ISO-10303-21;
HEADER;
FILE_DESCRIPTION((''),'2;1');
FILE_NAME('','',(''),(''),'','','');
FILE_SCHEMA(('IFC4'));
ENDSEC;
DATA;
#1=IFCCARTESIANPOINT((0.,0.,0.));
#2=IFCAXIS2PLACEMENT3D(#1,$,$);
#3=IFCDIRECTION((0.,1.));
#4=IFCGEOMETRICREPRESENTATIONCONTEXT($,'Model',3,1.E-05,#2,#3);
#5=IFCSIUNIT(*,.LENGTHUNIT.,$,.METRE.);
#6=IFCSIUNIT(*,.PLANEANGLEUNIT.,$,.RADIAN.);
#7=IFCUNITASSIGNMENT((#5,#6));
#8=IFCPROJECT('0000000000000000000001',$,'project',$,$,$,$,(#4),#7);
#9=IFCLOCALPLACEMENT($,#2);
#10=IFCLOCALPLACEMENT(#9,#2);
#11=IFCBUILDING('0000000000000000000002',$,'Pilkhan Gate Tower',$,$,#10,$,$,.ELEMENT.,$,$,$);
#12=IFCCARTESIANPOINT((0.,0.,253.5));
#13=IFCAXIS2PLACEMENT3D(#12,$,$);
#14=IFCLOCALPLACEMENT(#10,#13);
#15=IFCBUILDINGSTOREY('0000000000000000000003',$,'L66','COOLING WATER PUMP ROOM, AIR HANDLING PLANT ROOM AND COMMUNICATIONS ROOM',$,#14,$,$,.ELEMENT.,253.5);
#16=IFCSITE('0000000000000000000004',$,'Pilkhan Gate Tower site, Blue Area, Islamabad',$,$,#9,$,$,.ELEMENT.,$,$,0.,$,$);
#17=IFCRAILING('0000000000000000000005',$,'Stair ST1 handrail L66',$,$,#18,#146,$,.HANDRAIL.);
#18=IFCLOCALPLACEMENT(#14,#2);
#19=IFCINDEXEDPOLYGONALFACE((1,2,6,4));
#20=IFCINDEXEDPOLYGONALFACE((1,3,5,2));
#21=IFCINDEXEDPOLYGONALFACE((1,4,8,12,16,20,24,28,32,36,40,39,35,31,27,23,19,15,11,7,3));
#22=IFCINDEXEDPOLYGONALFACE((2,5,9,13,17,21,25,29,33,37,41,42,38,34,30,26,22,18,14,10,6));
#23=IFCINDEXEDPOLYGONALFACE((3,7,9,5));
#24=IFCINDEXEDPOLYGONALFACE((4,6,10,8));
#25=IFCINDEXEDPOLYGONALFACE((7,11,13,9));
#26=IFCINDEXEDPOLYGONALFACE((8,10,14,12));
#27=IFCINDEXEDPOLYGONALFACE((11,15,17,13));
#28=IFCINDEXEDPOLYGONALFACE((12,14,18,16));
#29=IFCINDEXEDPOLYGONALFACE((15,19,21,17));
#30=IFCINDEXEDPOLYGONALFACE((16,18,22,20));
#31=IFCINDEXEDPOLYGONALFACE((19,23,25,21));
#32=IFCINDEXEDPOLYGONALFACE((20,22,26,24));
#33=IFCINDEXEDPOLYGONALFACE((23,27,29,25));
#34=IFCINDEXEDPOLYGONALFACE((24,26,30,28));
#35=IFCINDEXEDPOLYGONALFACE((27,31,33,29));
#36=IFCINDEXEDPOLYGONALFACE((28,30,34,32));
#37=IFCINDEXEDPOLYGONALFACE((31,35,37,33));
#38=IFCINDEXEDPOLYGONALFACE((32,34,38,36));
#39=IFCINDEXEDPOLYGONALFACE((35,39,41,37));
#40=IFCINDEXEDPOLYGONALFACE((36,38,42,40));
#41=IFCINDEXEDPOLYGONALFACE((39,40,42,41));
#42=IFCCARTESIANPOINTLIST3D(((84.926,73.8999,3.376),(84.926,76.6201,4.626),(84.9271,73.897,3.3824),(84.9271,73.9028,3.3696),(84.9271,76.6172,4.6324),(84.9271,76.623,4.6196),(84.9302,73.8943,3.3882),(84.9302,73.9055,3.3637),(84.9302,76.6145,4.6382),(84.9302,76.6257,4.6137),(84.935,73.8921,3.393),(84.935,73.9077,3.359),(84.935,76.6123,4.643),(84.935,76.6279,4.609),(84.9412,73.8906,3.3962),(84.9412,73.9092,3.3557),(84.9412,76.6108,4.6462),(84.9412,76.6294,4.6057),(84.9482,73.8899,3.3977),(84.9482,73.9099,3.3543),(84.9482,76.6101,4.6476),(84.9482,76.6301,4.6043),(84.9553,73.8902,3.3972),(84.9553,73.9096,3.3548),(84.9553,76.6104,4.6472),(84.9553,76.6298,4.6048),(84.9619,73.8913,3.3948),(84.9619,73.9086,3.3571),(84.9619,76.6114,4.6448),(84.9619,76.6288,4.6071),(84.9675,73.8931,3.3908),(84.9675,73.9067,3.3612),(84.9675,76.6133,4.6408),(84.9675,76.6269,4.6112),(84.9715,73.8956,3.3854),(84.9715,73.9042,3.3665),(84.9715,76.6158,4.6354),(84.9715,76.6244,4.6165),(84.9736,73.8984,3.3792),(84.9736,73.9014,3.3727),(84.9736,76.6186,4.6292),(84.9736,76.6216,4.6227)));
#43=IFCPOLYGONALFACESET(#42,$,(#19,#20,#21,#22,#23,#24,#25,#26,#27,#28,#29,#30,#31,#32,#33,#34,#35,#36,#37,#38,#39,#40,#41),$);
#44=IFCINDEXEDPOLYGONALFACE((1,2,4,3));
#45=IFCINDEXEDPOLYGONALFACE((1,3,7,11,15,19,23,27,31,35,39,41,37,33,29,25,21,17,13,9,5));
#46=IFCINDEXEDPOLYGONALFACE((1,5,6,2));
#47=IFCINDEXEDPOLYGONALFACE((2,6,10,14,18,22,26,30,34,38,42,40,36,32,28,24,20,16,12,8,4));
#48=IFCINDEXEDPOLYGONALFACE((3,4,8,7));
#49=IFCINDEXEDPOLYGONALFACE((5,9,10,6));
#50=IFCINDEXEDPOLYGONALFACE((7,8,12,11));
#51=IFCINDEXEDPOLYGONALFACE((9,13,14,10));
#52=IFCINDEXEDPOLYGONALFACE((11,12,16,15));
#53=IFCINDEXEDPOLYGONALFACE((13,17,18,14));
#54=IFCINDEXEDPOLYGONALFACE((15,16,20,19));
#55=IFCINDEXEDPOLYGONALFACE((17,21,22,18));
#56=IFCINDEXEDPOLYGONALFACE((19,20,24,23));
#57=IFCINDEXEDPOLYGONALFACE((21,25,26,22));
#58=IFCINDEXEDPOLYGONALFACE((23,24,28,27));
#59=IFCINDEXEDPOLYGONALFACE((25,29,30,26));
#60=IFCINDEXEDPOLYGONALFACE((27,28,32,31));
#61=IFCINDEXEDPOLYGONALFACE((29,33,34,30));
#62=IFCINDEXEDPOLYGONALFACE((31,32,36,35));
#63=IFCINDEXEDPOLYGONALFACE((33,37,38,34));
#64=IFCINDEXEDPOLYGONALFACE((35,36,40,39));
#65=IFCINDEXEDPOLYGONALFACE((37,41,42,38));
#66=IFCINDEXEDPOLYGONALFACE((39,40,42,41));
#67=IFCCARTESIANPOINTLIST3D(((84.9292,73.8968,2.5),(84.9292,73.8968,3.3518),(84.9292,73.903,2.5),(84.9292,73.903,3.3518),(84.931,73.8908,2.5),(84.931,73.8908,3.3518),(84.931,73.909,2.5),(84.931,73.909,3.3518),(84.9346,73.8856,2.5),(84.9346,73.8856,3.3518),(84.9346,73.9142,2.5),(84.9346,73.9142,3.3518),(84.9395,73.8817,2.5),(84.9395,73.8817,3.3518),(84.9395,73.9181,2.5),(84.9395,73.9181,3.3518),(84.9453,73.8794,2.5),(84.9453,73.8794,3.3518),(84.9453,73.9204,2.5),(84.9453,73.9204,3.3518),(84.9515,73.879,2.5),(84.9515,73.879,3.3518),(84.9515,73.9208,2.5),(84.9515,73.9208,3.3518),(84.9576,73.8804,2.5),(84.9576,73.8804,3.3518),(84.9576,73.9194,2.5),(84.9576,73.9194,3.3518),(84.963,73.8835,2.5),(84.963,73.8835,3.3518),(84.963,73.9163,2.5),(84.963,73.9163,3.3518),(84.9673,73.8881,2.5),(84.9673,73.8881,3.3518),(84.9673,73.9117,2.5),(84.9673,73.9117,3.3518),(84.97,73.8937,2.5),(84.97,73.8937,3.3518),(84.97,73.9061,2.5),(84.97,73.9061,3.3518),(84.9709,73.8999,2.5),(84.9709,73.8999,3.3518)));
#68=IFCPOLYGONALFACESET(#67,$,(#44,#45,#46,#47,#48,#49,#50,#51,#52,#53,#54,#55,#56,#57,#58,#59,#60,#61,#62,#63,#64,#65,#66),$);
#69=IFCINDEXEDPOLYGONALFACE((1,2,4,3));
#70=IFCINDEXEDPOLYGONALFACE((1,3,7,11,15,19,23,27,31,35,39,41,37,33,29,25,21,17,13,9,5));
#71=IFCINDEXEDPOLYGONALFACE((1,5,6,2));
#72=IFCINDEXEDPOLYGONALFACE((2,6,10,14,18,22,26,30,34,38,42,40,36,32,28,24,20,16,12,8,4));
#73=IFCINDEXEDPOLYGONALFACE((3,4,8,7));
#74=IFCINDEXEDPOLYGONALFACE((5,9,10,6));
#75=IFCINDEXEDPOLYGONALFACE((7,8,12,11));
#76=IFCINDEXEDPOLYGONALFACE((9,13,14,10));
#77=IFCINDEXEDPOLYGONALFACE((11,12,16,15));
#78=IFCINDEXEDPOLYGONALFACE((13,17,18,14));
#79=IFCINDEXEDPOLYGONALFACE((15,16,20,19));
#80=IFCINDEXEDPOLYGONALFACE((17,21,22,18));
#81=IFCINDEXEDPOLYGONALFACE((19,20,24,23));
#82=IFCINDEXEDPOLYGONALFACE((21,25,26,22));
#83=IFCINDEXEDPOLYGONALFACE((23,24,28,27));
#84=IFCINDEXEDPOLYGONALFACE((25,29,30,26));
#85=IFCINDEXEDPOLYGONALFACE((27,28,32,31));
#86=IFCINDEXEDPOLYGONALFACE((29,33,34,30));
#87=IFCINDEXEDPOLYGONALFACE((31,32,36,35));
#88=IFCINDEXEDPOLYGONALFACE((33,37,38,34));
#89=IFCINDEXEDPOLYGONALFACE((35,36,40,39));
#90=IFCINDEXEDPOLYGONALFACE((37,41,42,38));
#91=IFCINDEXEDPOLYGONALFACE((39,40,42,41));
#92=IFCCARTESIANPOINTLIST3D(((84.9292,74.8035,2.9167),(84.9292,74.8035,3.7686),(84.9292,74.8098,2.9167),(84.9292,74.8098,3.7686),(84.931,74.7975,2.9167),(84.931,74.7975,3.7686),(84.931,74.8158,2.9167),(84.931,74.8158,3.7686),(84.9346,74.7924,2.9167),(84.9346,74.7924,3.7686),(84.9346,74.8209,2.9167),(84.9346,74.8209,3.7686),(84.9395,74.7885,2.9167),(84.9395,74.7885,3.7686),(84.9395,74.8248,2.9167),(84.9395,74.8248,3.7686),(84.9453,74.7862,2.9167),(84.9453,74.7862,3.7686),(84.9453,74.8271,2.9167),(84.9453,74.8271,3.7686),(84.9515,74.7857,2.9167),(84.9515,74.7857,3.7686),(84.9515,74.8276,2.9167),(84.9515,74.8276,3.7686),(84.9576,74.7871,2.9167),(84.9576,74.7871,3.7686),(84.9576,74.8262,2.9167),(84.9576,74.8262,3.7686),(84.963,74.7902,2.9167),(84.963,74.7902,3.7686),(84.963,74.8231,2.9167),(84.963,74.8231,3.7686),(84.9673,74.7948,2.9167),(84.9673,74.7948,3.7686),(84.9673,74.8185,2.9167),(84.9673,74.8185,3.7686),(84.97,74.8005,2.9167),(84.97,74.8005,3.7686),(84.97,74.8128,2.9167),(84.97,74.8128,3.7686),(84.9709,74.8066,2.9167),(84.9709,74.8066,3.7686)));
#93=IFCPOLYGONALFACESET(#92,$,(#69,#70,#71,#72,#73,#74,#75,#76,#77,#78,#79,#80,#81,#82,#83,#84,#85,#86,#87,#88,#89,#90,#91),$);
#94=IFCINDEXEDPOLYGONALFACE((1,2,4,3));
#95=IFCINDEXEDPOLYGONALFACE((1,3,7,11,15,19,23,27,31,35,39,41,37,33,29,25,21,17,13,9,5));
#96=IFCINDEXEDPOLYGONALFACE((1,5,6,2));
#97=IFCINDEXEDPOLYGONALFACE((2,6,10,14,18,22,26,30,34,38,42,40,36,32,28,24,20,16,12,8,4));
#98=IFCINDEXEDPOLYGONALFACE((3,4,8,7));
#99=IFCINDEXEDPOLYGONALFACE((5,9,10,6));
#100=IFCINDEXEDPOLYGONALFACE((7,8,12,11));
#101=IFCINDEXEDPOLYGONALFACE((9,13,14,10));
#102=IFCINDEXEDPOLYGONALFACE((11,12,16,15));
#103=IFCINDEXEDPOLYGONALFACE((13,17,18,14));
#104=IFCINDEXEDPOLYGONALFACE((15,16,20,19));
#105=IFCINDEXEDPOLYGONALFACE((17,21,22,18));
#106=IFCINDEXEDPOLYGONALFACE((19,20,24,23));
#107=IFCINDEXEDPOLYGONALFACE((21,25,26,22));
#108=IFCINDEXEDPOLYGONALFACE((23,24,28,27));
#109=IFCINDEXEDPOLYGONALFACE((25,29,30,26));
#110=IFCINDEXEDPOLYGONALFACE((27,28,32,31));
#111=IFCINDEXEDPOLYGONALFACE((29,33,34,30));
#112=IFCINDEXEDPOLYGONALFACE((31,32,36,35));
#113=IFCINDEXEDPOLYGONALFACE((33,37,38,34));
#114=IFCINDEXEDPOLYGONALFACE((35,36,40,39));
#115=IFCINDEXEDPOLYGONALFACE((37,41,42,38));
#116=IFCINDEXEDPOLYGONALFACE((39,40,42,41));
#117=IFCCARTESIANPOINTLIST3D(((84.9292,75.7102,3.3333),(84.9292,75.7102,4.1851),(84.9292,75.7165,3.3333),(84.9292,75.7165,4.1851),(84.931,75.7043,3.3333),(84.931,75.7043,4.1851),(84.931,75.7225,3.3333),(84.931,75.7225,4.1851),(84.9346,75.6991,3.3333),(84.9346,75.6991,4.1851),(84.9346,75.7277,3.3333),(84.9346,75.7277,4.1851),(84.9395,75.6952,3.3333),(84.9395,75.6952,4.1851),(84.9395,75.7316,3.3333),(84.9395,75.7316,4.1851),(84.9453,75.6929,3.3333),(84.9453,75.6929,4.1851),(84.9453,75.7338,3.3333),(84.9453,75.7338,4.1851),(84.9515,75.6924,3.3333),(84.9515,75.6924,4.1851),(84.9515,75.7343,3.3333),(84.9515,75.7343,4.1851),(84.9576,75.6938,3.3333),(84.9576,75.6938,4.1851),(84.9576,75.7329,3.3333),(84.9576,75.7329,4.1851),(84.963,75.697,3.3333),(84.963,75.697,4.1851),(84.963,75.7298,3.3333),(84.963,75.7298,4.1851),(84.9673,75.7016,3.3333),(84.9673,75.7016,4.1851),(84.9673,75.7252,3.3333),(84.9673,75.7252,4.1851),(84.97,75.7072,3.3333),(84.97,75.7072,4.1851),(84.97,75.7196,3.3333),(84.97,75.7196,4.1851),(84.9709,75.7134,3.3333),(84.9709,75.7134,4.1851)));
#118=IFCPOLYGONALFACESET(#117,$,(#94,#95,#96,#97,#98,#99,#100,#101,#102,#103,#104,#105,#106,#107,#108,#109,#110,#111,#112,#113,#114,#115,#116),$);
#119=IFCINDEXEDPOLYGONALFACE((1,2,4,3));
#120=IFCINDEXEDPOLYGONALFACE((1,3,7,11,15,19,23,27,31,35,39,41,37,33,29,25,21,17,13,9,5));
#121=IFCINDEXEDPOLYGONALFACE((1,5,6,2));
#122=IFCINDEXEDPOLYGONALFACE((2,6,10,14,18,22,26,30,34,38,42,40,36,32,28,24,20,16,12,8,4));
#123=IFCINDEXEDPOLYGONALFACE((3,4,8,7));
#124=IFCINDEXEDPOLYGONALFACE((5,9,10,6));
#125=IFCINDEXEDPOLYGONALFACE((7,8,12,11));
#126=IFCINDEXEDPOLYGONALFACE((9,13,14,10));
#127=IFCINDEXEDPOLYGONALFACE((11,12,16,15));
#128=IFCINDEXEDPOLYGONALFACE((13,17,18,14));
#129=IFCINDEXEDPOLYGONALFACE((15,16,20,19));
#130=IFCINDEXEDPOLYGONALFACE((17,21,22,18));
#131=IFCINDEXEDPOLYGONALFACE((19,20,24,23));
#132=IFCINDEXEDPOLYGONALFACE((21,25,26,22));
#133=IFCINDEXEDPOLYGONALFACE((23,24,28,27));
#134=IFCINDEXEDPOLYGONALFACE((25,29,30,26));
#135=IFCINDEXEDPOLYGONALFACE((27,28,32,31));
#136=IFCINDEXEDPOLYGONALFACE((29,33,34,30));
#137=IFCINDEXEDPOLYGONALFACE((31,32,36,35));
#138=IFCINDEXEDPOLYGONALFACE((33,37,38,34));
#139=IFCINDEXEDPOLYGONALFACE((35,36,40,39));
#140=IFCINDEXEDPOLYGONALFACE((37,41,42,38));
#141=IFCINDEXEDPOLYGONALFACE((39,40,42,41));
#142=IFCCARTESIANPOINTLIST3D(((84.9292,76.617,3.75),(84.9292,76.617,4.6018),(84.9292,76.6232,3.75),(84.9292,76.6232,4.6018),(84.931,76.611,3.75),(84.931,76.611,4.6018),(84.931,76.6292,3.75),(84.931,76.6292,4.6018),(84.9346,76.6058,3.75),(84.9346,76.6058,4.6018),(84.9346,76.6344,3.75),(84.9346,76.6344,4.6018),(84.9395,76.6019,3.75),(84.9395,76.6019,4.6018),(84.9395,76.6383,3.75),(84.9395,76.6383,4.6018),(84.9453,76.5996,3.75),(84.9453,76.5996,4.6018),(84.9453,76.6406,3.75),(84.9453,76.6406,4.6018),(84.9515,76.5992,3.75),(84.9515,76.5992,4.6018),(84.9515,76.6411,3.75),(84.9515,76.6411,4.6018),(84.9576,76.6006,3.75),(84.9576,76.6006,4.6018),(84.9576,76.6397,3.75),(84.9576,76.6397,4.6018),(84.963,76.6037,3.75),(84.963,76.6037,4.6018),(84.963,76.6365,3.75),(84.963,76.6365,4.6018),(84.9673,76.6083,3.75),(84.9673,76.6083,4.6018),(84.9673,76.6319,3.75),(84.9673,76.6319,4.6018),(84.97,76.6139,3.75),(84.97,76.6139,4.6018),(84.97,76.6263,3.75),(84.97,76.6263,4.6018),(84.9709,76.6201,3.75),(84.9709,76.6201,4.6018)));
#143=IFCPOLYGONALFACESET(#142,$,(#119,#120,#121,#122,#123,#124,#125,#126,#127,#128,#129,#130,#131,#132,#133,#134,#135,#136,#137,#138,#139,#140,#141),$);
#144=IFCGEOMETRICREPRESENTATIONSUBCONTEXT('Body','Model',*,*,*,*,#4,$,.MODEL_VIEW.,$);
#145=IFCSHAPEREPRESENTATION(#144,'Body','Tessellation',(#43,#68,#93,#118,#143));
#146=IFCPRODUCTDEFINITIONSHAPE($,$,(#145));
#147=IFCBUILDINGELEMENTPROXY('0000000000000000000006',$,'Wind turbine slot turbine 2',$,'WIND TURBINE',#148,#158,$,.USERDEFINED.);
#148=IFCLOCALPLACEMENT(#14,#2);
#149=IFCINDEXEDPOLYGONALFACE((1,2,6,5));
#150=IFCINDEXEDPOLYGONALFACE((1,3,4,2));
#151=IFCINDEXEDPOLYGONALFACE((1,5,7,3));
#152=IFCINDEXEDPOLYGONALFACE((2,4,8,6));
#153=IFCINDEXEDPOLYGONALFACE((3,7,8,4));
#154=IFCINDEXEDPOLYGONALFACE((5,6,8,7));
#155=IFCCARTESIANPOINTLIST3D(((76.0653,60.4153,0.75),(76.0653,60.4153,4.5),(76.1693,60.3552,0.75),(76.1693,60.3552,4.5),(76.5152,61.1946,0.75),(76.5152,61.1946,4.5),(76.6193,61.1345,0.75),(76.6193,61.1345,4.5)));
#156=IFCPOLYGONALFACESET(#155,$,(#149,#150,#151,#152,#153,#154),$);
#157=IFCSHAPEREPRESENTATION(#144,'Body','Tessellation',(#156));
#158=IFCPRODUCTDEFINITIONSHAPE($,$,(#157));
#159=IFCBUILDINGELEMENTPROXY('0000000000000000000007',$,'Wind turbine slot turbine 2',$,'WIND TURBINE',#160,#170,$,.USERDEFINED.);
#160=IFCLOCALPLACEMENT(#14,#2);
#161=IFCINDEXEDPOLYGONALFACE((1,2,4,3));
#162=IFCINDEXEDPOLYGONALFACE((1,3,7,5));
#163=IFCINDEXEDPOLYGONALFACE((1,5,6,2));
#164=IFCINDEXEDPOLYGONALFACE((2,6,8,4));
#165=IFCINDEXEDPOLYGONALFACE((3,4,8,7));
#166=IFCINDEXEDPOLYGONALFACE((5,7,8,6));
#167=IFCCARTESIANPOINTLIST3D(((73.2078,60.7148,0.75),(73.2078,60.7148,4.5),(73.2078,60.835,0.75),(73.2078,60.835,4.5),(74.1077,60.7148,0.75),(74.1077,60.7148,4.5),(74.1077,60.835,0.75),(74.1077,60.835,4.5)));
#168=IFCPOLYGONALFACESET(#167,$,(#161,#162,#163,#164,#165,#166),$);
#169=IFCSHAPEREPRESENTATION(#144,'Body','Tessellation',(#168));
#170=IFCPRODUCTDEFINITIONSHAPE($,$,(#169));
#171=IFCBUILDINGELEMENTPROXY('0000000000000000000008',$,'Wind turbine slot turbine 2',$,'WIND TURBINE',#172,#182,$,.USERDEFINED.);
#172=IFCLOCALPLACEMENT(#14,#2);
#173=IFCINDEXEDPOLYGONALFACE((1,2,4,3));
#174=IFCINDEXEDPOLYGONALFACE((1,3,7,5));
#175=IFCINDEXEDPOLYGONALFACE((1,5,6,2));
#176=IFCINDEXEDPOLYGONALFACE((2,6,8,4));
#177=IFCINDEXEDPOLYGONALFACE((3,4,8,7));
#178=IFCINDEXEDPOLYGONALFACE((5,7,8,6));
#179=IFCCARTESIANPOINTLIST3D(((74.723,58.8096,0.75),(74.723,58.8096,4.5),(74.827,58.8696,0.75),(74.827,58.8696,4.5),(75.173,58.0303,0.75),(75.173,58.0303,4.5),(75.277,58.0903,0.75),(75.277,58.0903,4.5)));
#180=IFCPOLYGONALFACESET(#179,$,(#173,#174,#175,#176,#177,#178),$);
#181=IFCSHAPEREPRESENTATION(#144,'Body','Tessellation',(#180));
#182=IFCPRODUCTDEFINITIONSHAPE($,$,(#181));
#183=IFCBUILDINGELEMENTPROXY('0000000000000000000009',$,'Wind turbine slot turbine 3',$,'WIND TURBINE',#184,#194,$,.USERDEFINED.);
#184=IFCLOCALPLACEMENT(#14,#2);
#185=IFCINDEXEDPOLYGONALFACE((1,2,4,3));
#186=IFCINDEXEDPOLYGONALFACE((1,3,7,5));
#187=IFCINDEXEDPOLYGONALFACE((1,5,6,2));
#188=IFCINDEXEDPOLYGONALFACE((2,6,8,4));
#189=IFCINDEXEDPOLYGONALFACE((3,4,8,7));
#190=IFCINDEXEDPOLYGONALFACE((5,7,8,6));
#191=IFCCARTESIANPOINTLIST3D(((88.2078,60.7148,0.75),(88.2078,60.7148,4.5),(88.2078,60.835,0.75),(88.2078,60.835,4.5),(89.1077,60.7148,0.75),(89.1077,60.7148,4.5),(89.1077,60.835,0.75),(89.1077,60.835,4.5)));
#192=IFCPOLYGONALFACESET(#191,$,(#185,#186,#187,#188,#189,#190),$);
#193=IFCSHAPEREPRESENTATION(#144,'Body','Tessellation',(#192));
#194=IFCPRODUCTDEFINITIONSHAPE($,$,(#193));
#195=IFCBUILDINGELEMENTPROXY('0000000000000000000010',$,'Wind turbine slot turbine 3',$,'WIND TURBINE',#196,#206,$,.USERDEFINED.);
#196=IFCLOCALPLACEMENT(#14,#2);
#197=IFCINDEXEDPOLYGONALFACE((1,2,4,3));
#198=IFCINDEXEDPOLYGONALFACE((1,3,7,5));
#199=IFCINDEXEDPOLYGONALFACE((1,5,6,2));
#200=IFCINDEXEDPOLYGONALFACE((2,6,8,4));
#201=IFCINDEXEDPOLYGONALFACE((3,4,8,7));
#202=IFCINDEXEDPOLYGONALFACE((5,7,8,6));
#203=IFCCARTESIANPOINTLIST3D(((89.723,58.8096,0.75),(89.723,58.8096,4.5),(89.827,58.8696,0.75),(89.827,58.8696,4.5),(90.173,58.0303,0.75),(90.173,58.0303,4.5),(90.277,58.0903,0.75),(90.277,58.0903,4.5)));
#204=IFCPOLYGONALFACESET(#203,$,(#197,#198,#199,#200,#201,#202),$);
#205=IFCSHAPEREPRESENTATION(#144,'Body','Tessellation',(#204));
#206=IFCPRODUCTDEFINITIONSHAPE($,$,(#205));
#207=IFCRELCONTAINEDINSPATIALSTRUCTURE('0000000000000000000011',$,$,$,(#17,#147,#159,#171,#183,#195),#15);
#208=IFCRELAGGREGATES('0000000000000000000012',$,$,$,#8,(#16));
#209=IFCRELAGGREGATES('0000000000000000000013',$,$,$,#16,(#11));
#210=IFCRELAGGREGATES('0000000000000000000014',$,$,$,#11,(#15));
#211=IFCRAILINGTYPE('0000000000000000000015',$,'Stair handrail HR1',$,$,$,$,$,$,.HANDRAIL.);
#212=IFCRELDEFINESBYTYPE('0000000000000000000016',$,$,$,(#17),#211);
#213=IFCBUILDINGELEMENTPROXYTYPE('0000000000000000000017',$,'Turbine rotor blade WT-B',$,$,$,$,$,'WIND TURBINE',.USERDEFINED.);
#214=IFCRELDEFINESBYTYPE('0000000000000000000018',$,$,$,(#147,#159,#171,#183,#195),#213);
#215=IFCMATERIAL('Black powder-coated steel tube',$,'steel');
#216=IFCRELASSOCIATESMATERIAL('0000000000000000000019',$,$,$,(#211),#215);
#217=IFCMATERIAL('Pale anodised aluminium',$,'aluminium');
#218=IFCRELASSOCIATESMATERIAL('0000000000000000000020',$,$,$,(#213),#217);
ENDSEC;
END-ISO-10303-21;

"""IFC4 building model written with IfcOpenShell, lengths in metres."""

from ifc_helpers import new_model, si_unit, direction, frame, origin, origin_2d, place, context, subcontext, project, spatial, rectangle, circle, extrude, material, material_profile, profile_set, type_object, element, save


model = new_model("IFC4")

# Units and contexts
model_context = context("Model", 3, precision=1e-05, world=origin(), true_north=direction((0.0, 1.0)))
body_context = subcontext(model_context, "Body", "Model", "MODEL_VIEW")
ifc_project = project(units=[si_unit("LENGTHUNIT", "METRE"), si_unit("PLANEANGLEUNIT", "RADIAN")], contexts=[model_context])

# Site, building, storey
site_placement = place(None, origin())
site = spatial("IfcSite", under=ifc_project, at=site_placement, Name="Pilkhan Gate Tower site, Blue Area, Islamabad", CompositionType="ELEMENT", RefElevation=0.0)
building_placement = place(site_placement, origin())
building = spatial("IfcBuilding", under=site, at=building_placement, Name="Pilkhan Gate Tower", CompositionType="ELEMENT")
storey_placement = place(building_placement, frame((0.0, 0.0, 253.5)))
storey = spatial("IfcBuildingStorey", under=building, at=storey_placement, Name="L66", Description="COOLING WATER PUMP ROOM, AIR HANDLING PLANT ROOM AND COMMUNICATIONS ROOM", CompositionType="ELEMENT", Elevation=253.5)

# Railing
ifc_material_1 = material(Name="Black powder-coated steel tube", Category="steel")
railing_type = type_object("IfcRailingType", Name="Stair handrail HR1", PredefinedType="HANDRAIL", material=ifc_material_1)
for number, where, name in (
    (1, (84.95, 73.8999, 2.5), "Stair ST1 handrail L66"),
):
    element("IfcRailing", number, at=place(storey_placement, frame(where)), inside=storey, type_object=railing_type, Name=name, PredefinedType="HANDRAIL", context=body_context, shape_type="SweptSolid", body=[
        extrude(circle(Radius=0.0239, at=origin_2d()), frame((0.0, 0.0, 0.876), z_axis=(0.0, 0.908655, 0.417547), x_axis=(-1.0, 0.0, 0.0)), (0.0, 0.0, 1.0), 2.9937),
        extrude(circle(Radius=0.021, at=origin_2d()), origin(), (0.0, 0.0, 1.0), 0.8518),
        extrude(circle(Radius=0.021, at=origin_2d()), frame((0.0, 0.9067, 0.4167)), (0.0, 0.0, 1.0), 0.8518),
        extrude(circle(Radius=0.021, at=origin_2d()), frame((0.0, 1.8135, 0.8333)), (0.0, 0.0, 1.0), 0.8518),
        extrude(circle(Radius=0.021, at=origin_2d()), frame((0.0, 2.7202, 1.25)), (0.0, 0.0, 1.0), 0.8518),
    ])

# Building element proxies
ifc_material_2 = material(Name="Pale anodised aluminium", Category="aluminium")
ifc_material_profile_1 = material_profile(ifc_material_2, rectangle(XDim=0.8999, YDim=0.1201, at=origin_2d()), Name="Blade 900x120")
ifc_profile_set_1 = profile_set([ifc_material_profile_1], Name="Pale anodised aluminium")
building_element_proxy_type_1 = type_object("IfcBuildingElementProxyType", Name="Turbine rotor blade WT-B", ElementType="WIND TURBINE", PredefinedType="USERDEFINED", material=ifc_profile_set_1)
for number, where, z_axis, x_axis, name in (
    (2, (76.3423, 60.7749, 0.75), (0.0, 0.0, 1.0), (0.5, 0.866025, 0.0), "Wind turbine slot turbine 2"),
    (3, (73.6577, 60.7749, 0.75), (0.0, 0.0, 1.0), (-1.0, 0.0, 0.0), "Wind turbine slot turbine 2"),
    (4, (75.0, 58.45, 0.75), (0.0, 0.0, 1.0), (0.5, -0.866025, 0.0), "Wind turbine slot turbine 2"),
    (5, (88.6577, 60.7749, 0.75), (0.0, 0.0, 1.0), (-1.0, 0.0, 0.0), "Wind turbine slot turbine 3"),
    (6, (90.0, 58.45, 0.75), (0.0, 0.0, 1.0), (0.5, -0.866025, 0.0), "Wind turbine slot turbine 3"),
):
    element("IfcBuildingElementProxy", number, at=place(storey_placement, frame(where, z_axis=z_axis, x_axis=x_axis)), inside=storey, type_object=building_element_proxy_type_1, Name=name, ObjectType="WIND TURBINE", PredefinedType="USERDEFINED", context=body_context, shape_type="SweptSolid", body=[
        extrude(rectangle(XDim=0.8999, YDim=0.1201, at=origin_2d()), origin(), (0.0, 0.0, 1.0), 3.75),
    ])

save(model, "model.ifc")
